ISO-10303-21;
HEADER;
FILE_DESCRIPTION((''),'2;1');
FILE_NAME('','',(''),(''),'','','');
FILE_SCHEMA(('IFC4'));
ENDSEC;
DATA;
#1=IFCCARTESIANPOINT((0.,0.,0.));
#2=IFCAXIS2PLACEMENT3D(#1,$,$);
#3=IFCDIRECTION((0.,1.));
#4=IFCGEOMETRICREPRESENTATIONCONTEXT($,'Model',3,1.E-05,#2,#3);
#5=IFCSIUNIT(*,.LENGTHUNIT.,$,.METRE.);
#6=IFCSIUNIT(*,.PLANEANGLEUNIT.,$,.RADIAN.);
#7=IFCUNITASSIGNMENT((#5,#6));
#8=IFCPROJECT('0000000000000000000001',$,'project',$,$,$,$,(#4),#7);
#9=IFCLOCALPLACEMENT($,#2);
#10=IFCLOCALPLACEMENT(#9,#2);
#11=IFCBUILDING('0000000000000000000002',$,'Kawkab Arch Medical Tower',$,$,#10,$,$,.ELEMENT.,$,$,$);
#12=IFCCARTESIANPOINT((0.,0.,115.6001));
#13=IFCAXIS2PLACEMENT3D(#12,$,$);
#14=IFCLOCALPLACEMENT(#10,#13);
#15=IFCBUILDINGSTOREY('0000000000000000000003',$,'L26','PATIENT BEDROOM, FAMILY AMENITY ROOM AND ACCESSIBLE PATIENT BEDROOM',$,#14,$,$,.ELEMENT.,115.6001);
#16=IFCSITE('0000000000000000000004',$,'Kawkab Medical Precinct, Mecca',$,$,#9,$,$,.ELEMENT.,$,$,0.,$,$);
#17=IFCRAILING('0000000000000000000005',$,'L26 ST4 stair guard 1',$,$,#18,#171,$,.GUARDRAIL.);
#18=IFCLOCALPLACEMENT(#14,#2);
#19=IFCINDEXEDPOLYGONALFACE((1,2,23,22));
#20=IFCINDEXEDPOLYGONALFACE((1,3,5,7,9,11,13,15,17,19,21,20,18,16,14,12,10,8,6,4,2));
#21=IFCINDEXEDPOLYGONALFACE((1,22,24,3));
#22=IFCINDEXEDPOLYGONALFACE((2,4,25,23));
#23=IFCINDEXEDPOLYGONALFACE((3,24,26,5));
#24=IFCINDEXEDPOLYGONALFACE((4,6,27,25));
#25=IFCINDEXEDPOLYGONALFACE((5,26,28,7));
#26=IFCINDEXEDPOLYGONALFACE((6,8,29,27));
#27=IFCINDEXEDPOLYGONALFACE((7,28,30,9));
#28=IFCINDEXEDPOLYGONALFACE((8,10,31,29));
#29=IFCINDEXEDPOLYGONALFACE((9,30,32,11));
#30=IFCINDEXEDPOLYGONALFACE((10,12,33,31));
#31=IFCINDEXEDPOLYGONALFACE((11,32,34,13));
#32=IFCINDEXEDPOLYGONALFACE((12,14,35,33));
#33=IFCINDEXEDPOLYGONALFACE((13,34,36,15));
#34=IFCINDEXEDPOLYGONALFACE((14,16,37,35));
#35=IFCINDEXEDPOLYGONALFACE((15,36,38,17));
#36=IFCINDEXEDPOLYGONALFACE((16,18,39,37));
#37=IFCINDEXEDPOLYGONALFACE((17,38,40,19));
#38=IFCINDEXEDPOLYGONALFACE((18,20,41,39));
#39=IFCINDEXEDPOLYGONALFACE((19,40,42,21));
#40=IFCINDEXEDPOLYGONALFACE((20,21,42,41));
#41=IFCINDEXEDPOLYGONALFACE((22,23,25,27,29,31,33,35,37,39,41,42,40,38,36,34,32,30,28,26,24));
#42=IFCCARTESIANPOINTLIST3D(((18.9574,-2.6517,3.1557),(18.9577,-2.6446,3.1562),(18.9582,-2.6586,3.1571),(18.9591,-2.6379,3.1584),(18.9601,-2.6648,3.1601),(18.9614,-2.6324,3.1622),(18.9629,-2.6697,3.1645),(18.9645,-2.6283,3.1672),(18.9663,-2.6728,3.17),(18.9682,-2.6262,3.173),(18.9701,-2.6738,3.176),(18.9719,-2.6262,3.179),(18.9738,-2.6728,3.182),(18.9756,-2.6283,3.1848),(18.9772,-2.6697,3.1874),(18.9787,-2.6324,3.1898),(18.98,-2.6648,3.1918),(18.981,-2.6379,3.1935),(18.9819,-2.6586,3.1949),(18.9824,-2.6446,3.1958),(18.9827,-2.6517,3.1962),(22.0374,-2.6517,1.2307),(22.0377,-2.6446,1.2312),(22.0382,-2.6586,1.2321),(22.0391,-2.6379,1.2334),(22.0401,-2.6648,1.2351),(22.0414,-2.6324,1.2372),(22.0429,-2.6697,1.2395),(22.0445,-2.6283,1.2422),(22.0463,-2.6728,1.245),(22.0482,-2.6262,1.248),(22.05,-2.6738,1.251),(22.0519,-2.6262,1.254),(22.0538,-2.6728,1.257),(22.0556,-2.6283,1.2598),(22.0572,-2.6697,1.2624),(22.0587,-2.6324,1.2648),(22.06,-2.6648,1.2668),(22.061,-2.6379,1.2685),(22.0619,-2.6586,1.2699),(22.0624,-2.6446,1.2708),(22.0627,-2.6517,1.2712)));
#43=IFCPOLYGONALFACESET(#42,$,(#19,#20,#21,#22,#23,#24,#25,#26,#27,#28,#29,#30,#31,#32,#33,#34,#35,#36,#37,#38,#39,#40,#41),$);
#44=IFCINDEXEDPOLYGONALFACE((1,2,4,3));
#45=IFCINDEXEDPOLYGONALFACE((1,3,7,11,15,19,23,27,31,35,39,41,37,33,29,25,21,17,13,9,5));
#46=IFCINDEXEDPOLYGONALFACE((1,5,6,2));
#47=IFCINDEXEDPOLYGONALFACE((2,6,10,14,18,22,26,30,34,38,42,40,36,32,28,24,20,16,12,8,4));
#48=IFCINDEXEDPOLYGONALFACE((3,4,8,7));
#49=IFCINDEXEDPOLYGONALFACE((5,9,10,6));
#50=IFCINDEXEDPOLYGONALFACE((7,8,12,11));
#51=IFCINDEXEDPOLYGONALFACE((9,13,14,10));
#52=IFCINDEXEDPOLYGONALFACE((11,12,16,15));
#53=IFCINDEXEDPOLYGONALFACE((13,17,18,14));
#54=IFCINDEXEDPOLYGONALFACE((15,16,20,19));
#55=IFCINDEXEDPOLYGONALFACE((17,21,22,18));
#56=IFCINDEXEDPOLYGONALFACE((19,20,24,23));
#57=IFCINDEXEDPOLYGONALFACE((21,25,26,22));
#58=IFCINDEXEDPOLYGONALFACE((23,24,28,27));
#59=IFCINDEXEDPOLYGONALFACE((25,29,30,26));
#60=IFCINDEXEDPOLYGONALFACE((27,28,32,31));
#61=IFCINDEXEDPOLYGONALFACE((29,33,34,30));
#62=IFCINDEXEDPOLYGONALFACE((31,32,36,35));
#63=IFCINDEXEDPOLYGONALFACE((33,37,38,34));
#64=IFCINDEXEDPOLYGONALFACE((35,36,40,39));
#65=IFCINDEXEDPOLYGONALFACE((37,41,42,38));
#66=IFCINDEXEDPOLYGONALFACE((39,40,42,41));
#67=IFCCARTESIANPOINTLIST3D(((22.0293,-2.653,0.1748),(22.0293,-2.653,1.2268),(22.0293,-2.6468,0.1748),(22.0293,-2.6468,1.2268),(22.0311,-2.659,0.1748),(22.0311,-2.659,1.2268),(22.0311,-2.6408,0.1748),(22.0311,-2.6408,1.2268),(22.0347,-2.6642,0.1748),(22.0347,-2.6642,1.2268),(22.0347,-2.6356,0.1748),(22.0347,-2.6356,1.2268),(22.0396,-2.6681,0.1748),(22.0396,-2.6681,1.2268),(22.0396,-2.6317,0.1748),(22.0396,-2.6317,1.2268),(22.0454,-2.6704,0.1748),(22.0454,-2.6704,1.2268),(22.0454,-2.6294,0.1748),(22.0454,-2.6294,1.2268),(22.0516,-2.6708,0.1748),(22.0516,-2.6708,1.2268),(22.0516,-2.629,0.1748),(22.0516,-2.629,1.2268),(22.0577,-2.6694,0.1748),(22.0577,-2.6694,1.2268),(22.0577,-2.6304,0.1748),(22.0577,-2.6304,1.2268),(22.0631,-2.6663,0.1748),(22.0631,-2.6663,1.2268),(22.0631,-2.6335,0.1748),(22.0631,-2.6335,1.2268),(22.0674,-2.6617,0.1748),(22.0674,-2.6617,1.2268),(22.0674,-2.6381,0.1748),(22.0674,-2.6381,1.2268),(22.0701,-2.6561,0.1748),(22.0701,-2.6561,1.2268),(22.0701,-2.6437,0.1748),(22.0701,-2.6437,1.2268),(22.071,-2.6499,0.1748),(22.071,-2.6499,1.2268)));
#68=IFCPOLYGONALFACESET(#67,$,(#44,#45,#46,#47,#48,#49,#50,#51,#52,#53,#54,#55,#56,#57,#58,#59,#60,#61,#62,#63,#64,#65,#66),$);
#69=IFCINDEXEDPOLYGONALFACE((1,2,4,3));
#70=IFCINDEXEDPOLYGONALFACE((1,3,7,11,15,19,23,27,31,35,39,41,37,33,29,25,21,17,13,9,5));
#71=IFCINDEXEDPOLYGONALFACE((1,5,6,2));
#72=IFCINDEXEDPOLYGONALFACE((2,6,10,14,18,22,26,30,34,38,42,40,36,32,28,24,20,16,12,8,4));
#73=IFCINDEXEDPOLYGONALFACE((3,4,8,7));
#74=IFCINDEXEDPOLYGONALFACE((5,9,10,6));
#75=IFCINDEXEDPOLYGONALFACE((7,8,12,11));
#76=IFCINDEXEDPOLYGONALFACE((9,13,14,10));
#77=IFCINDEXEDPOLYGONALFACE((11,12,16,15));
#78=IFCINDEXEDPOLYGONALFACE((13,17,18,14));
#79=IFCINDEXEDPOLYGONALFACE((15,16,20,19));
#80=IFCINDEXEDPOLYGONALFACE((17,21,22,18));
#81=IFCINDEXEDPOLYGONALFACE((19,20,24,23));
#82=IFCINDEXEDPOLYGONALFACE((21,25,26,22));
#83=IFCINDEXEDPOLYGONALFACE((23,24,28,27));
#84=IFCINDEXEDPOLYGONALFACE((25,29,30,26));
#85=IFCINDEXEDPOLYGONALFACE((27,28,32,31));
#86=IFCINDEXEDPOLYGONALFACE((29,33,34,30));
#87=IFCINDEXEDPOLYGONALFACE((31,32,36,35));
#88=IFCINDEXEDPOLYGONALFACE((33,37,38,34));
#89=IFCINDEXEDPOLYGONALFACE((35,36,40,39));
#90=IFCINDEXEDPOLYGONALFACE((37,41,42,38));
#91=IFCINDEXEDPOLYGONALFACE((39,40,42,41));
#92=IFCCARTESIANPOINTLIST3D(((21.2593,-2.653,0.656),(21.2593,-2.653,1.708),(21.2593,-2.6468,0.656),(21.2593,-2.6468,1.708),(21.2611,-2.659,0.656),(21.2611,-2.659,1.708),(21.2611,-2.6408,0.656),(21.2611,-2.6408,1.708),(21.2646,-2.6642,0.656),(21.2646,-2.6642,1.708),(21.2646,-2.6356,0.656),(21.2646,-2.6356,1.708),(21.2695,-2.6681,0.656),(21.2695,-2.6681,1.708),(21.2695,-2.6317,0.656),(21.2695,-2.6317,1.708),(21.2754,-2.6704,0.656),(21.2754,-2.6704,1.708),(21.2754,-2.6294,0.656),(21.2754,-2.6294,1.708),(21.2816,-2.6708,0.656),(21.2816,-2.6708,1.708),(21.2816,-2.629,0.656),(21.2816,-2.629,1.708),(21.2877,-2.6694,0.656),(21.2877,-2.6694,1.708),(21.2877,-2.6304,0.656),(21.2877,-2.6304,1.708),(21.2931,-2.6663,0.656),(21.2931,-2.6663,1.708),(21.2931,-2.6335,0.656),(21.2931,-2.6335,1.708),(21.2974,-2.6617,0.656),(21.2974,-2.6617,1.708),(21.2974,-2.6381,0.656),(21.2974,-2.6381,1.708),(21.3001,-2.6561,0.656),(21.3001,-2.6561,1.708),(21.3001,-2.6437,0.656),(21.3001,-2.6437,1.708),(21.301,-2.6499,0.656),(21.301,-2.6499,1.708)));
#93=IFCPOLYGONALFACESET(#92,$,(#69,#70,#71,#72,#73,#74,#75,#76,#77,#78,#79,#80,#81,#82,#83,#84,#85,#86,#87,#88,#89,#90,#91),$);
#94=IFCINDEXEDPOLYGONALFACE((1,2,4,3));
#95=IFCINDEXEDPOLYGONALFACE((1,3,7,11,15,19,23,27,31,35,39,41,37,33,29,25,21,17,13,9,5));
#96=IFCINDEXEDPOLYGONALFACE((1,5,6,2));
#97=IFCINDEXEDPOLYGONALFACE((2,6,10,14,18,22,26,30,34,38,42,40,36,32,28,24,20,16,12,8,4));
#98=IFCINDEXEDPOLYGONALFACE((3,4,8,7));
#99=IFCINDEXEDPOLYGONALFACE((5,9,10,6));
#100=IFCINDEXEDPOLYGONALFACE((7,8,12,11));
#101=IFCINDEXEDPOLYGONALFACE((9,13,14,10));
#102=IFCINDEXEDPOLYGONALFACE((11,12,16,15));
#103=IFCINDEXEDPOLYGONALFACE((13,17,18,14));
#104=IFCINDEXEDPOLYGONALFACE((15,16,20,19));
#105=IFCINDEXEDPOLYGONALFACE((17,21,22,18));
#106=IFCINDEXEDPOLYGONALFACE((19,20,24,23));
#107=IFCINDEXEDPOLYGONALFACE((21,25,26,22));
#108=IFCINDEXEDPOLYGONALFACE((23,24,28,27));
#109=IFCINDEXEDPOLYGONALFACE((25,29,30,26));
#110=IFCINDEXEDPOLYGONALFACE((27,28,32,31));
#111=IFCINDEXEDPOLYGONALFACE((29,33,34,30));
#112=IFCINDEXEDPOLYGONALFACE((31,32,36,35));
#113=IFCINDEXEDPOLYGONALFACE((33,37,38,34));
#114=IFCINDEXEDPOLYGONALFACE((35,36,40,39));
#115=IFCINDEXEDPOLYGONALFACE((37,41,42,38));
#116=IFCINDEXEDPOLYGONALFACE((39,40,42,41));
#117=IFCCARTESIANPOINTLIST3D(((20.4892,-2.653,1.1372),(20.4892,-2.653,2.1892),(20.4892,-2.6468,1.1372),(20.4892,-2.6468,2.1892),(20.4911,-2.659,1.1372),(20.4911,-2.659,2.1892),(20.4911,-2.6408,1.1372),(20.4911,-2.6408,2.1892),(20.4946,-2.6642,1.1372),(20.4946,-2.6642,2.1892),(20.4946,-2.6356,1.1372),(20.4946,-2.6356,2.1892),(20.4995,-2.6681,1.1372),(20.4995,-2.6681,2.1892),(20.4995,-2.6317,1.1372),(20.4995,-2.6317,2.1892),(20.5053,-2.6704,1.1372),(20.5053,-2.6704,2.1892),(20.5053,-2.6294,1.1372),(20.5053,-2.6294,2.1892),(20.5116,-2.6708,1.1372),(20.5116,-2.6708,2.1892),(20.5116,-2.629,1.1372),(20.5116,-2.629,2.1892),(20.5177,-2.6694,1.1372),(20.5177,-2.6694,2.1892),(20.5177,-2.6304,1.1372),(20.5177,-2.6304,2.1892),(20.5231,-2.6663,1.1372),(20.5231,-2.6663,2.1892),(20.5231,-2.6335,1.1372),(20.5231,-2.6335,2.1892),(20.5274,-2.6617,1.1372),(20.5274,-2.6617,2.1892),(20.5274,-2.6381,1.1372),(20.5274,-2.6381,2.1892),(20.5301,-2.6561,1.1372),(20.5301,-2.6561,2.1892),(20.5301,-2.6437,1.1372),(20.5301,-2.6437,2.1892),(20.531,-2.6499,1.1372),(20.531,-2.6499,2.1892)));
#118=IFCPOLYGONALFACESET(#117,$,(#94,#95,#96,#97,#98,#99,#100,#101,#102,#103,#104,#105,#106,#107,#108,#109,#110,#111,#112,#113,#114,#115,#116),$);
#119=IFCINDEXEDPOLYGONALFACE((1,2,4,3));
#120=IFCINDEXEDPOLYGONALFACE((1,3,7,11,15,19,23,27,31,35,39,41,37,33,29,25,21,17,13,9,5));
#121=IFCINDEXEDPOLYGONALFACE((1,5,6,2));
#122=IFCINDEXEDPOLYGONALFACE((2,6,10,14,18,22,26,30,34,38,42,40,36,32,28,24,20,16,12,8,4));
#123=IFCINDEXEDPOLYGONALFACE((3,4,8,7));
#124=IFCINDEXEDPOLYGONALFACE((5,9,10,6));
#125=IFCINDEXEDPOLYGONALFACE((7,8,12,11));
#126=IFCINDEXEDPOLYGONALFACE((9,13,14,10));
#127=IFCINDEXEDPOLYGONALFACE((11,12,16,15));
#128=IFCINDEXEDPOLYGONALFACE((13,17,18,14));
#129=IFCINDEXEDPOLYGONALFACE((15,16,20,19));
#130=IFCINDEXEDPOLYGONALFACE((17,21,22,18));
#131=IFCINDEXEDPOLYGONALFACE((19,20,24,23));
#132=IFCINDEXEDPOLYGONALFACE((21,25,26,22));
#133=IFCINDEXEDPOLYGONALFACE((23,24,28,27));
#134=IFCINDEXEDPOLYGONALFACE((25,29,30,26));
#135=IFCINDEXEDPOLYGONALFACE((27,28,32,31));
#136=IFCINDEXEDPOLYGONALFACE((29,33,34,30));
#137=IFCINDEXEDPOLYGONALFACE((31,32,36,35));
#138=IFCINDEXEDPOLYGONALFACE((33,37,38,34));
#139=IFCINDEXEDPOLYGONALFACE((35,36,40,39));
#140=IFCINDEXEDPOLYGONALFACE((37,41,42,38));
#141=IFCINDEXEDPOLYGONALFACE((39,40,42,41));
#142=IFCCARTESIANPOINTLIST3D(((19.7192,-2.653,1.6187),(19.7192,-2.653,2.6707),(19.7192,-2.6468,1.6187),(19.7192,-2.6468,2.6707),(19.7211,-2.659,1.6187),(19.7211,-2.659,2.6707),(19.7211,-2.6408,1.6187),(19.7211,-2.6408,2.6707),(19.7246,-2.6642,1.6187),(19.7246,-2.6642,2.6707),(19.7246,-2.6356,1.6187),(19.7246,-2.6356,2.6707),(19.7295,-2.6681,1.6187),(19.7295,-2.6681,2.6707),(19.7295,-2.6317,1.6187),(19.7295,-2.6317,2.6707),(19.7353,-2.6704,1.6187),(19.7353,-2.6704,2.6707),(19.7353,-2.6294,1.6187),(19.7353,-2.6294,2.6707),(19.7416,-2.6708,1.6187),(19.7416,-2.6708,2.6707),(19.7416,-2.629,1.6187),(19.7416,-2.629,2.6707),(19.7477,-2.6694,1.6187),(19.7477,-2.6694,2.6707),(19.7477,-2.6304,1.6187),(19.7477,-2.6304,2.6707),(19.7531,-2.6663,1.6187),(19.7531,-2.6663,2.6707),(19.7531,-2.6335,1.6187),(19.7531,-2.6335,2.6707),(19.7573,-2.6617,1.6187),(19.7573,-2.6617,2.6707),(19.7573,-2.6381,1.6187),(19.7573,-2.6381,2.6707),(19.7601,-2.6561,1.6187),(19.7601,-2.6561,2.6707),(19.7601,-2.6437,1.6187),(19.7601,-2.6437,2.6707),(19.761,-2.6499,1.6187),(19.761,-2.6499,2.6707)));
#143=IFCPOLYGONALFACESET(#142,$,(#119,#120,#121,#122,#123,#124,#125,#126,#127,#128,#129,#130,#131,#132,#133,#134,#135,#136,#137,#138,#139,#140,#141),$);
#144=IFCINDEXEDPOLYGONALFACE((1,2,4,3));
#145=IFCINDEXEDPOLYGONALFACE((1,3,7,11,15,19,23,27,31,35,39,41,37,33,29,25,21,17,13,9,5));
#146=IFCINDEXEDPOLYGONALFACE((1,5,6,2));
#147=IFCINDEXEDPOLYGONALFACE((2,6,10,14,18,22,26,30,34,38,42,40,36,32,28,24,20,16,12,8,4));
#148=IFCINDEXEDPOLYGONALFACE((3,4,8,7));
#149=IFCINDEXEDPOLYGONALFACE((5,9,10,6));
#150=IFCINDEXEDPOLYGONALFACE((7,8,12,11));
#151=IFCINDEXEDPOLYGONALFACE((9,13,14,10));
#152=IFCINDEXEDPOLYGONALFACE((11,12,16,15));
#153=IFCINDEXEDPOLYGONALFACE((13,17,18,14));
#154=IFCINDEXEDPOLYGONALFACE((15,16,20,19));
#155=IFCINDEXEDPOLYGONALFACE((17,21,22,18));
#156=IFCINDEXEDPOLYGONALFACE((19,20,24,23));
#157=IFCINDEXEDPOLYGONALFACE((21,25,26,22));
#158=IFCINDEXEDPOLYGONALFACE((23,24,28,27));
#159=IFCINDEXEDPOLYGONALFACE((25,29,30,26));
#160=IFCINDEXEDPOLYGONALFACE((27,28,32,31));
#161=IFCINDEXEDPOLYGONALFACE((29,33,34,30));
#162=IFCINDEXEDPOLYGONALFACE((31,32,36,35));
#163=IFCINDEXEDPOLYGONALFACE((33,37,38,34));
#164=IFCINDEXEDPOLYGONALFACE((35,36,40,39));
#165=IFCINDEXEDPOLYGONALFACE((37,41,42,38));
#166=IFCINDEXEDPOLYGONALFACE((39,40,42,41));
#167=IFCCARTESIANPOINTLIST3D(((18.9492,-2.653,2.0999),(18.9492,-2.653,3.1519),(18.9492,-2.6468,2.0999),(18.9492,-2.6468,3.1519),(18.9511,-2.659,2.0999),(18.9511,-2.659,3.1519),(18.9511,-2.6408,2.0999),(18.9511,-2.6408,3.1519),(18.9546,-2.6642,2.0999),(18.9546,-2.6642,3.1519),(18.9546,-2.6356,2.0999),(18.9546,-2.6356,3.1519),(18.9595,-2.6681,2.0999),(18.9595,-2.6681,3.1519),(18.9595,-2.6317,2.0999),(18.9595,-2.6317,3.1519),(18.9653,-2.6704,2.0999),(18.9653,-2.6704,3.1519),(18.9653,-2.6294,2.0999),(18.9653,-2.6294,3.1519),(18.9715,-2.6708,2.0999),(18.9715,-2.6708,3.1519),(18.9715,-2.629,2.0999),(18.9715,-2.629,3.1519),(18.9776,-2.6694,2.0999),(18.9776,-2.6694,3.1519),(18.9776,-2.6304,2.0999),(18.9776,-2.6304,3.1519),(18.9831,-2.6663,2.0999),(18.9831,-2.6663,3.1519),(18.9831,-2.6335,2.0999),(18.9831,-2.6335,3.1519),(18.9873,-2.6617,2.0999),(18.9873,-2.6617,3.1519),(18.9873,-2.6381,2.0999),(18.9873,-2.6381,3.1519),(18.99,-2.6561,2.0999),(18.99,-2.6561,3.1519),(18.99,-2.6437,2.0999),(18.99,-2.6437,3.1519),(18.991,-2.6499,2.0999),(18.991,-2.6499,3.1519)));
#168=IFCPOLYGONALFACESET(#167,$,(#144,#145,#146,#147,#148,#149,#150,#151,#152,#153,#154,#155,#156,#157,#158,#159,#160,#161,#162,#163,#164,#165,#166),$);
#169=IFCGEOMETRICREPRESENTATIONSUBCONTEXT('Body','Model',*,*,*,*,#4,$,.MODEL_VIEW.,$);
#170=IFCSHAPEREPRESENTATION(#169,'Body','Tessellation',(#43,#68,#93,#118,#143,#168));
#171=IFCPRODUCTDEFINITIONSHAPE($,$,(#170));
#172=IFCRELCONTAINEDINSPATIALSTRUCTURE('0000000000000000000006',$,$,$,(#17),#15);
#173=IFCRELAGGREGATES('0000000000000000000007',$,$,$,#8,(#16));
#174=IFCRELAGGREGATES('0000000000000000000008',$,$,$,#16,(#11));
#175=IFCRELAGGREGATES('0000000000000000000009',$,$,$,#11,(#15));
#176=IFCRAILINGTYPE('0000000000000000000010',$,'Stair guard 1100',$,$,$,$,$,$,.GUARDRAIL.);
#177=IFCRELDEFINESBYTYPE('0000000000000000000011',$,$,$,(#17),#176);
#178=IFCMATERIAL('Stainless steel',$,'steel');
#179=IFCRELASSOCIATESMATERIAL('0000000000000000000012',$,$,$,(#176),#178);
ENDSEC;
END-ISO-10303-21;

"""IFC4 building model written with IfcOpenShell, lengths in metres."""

from ifc_helpers import new_model, si_unit, direction, frame, origin, origin_2d, place, context, subcontext, project, spatial, circle, extrude, material, type_object, element, save


model = new_model("IFC4")

# Units and contexts
model_context = context("Model", 3, precision=1e-05, world=origin(), true_north=direction((0.0, 1.0)))
body_context = subcontext(model_context, "Body", "Model", "MODEL_VIEW")
ifc_project = project(units=[si_unit("LENGTHUNIT", "METRE"), si_unit("PLANEANGLEUNIT", "RADIAN")], contexts=[model_context])

# Site, building, storey
site_placement = place(None, origin())
site = spatial("IfcSite", under=ifc_project, at=site_placement, Name="Kawkab Medical Precinct, Mecca", CompositionType="ELEMENT", RefElevation=0.0)
building_placement = place(site_placement, origin())
building = spatial("IfcBuilding", under=site, at=building_placement, Name="Kawkab Arch Medical Tower", CompositionType="ELEMENT")
storey_placement = place(building_placement, frame((0.0, 0.0, 115.6001)))
storey = spatial("IfcBuildingStorey", under=building, at=storey_placement, Name="L26", Description="PATIENT BEDROOM, FAMILY AMENITY ROOM AND ACCESSIBLE PATIENT BEDROOM", CompositionType="ELEMENT", Elevation=115.6001)

# Railing
ifc_material_1 = material(Name="Stainless steel", Category="steel")
railing_type_1 = type_object("IfcRailingType", Name="Stair guard 1100", PredefinedType="GUARDRAIL", material=ifc_material_1)
railing_1_placement = place(storey_placement, frame((22.05, -2.6499, 0.1748)))
element("IfcRailing", 1, at=railing_1_placement, inside=storey, type_object=railing_type_1, Name="L26 ST4 stair guard 1", PredefinedType="GUARDRAIL", context=body_context, shape_type="SweptSolid", body=[
    extrude(circle(Radius=0.0239, at=origin_2d()), frame((0.0, 0.0, 1.0762), z_axis=(-0.847998, 0.0, 0.529999), x_axis=(0.0, -1.0, 0.0)), (0.0, 0.0, 1.0), 3.6321),
    extrude(circle(Radius=0.021, at=origin_2d()), origin(), (0.0, 0.0, 1.0), 1.052),
    extrude(circle(Radius=0.021, at=origin_2d()), frame((-0.77, 0.0, 0.4812)), (0.0, 0.0, 1.0), 1.052),
    extrude(circle(Radius=0.021, at=origin_2d()), frame((-1.54, 0.0, 0.9624)), (0.0, 0.0, 1.0), 1.052),
    extrude(circle(Radius=0.021, at=origin_2d()), frame((-2.3101, 0.0, 1.4438)), (0.0, 0.0, 1.0), 1.052),
    extrude(circle(Radius=0.021, at=origin_2d()), frame((-3.0801, 0.0, 1.925)), (0.0, 0.0, 1.0), 1.052),
])

save(model, "model.ifc")
